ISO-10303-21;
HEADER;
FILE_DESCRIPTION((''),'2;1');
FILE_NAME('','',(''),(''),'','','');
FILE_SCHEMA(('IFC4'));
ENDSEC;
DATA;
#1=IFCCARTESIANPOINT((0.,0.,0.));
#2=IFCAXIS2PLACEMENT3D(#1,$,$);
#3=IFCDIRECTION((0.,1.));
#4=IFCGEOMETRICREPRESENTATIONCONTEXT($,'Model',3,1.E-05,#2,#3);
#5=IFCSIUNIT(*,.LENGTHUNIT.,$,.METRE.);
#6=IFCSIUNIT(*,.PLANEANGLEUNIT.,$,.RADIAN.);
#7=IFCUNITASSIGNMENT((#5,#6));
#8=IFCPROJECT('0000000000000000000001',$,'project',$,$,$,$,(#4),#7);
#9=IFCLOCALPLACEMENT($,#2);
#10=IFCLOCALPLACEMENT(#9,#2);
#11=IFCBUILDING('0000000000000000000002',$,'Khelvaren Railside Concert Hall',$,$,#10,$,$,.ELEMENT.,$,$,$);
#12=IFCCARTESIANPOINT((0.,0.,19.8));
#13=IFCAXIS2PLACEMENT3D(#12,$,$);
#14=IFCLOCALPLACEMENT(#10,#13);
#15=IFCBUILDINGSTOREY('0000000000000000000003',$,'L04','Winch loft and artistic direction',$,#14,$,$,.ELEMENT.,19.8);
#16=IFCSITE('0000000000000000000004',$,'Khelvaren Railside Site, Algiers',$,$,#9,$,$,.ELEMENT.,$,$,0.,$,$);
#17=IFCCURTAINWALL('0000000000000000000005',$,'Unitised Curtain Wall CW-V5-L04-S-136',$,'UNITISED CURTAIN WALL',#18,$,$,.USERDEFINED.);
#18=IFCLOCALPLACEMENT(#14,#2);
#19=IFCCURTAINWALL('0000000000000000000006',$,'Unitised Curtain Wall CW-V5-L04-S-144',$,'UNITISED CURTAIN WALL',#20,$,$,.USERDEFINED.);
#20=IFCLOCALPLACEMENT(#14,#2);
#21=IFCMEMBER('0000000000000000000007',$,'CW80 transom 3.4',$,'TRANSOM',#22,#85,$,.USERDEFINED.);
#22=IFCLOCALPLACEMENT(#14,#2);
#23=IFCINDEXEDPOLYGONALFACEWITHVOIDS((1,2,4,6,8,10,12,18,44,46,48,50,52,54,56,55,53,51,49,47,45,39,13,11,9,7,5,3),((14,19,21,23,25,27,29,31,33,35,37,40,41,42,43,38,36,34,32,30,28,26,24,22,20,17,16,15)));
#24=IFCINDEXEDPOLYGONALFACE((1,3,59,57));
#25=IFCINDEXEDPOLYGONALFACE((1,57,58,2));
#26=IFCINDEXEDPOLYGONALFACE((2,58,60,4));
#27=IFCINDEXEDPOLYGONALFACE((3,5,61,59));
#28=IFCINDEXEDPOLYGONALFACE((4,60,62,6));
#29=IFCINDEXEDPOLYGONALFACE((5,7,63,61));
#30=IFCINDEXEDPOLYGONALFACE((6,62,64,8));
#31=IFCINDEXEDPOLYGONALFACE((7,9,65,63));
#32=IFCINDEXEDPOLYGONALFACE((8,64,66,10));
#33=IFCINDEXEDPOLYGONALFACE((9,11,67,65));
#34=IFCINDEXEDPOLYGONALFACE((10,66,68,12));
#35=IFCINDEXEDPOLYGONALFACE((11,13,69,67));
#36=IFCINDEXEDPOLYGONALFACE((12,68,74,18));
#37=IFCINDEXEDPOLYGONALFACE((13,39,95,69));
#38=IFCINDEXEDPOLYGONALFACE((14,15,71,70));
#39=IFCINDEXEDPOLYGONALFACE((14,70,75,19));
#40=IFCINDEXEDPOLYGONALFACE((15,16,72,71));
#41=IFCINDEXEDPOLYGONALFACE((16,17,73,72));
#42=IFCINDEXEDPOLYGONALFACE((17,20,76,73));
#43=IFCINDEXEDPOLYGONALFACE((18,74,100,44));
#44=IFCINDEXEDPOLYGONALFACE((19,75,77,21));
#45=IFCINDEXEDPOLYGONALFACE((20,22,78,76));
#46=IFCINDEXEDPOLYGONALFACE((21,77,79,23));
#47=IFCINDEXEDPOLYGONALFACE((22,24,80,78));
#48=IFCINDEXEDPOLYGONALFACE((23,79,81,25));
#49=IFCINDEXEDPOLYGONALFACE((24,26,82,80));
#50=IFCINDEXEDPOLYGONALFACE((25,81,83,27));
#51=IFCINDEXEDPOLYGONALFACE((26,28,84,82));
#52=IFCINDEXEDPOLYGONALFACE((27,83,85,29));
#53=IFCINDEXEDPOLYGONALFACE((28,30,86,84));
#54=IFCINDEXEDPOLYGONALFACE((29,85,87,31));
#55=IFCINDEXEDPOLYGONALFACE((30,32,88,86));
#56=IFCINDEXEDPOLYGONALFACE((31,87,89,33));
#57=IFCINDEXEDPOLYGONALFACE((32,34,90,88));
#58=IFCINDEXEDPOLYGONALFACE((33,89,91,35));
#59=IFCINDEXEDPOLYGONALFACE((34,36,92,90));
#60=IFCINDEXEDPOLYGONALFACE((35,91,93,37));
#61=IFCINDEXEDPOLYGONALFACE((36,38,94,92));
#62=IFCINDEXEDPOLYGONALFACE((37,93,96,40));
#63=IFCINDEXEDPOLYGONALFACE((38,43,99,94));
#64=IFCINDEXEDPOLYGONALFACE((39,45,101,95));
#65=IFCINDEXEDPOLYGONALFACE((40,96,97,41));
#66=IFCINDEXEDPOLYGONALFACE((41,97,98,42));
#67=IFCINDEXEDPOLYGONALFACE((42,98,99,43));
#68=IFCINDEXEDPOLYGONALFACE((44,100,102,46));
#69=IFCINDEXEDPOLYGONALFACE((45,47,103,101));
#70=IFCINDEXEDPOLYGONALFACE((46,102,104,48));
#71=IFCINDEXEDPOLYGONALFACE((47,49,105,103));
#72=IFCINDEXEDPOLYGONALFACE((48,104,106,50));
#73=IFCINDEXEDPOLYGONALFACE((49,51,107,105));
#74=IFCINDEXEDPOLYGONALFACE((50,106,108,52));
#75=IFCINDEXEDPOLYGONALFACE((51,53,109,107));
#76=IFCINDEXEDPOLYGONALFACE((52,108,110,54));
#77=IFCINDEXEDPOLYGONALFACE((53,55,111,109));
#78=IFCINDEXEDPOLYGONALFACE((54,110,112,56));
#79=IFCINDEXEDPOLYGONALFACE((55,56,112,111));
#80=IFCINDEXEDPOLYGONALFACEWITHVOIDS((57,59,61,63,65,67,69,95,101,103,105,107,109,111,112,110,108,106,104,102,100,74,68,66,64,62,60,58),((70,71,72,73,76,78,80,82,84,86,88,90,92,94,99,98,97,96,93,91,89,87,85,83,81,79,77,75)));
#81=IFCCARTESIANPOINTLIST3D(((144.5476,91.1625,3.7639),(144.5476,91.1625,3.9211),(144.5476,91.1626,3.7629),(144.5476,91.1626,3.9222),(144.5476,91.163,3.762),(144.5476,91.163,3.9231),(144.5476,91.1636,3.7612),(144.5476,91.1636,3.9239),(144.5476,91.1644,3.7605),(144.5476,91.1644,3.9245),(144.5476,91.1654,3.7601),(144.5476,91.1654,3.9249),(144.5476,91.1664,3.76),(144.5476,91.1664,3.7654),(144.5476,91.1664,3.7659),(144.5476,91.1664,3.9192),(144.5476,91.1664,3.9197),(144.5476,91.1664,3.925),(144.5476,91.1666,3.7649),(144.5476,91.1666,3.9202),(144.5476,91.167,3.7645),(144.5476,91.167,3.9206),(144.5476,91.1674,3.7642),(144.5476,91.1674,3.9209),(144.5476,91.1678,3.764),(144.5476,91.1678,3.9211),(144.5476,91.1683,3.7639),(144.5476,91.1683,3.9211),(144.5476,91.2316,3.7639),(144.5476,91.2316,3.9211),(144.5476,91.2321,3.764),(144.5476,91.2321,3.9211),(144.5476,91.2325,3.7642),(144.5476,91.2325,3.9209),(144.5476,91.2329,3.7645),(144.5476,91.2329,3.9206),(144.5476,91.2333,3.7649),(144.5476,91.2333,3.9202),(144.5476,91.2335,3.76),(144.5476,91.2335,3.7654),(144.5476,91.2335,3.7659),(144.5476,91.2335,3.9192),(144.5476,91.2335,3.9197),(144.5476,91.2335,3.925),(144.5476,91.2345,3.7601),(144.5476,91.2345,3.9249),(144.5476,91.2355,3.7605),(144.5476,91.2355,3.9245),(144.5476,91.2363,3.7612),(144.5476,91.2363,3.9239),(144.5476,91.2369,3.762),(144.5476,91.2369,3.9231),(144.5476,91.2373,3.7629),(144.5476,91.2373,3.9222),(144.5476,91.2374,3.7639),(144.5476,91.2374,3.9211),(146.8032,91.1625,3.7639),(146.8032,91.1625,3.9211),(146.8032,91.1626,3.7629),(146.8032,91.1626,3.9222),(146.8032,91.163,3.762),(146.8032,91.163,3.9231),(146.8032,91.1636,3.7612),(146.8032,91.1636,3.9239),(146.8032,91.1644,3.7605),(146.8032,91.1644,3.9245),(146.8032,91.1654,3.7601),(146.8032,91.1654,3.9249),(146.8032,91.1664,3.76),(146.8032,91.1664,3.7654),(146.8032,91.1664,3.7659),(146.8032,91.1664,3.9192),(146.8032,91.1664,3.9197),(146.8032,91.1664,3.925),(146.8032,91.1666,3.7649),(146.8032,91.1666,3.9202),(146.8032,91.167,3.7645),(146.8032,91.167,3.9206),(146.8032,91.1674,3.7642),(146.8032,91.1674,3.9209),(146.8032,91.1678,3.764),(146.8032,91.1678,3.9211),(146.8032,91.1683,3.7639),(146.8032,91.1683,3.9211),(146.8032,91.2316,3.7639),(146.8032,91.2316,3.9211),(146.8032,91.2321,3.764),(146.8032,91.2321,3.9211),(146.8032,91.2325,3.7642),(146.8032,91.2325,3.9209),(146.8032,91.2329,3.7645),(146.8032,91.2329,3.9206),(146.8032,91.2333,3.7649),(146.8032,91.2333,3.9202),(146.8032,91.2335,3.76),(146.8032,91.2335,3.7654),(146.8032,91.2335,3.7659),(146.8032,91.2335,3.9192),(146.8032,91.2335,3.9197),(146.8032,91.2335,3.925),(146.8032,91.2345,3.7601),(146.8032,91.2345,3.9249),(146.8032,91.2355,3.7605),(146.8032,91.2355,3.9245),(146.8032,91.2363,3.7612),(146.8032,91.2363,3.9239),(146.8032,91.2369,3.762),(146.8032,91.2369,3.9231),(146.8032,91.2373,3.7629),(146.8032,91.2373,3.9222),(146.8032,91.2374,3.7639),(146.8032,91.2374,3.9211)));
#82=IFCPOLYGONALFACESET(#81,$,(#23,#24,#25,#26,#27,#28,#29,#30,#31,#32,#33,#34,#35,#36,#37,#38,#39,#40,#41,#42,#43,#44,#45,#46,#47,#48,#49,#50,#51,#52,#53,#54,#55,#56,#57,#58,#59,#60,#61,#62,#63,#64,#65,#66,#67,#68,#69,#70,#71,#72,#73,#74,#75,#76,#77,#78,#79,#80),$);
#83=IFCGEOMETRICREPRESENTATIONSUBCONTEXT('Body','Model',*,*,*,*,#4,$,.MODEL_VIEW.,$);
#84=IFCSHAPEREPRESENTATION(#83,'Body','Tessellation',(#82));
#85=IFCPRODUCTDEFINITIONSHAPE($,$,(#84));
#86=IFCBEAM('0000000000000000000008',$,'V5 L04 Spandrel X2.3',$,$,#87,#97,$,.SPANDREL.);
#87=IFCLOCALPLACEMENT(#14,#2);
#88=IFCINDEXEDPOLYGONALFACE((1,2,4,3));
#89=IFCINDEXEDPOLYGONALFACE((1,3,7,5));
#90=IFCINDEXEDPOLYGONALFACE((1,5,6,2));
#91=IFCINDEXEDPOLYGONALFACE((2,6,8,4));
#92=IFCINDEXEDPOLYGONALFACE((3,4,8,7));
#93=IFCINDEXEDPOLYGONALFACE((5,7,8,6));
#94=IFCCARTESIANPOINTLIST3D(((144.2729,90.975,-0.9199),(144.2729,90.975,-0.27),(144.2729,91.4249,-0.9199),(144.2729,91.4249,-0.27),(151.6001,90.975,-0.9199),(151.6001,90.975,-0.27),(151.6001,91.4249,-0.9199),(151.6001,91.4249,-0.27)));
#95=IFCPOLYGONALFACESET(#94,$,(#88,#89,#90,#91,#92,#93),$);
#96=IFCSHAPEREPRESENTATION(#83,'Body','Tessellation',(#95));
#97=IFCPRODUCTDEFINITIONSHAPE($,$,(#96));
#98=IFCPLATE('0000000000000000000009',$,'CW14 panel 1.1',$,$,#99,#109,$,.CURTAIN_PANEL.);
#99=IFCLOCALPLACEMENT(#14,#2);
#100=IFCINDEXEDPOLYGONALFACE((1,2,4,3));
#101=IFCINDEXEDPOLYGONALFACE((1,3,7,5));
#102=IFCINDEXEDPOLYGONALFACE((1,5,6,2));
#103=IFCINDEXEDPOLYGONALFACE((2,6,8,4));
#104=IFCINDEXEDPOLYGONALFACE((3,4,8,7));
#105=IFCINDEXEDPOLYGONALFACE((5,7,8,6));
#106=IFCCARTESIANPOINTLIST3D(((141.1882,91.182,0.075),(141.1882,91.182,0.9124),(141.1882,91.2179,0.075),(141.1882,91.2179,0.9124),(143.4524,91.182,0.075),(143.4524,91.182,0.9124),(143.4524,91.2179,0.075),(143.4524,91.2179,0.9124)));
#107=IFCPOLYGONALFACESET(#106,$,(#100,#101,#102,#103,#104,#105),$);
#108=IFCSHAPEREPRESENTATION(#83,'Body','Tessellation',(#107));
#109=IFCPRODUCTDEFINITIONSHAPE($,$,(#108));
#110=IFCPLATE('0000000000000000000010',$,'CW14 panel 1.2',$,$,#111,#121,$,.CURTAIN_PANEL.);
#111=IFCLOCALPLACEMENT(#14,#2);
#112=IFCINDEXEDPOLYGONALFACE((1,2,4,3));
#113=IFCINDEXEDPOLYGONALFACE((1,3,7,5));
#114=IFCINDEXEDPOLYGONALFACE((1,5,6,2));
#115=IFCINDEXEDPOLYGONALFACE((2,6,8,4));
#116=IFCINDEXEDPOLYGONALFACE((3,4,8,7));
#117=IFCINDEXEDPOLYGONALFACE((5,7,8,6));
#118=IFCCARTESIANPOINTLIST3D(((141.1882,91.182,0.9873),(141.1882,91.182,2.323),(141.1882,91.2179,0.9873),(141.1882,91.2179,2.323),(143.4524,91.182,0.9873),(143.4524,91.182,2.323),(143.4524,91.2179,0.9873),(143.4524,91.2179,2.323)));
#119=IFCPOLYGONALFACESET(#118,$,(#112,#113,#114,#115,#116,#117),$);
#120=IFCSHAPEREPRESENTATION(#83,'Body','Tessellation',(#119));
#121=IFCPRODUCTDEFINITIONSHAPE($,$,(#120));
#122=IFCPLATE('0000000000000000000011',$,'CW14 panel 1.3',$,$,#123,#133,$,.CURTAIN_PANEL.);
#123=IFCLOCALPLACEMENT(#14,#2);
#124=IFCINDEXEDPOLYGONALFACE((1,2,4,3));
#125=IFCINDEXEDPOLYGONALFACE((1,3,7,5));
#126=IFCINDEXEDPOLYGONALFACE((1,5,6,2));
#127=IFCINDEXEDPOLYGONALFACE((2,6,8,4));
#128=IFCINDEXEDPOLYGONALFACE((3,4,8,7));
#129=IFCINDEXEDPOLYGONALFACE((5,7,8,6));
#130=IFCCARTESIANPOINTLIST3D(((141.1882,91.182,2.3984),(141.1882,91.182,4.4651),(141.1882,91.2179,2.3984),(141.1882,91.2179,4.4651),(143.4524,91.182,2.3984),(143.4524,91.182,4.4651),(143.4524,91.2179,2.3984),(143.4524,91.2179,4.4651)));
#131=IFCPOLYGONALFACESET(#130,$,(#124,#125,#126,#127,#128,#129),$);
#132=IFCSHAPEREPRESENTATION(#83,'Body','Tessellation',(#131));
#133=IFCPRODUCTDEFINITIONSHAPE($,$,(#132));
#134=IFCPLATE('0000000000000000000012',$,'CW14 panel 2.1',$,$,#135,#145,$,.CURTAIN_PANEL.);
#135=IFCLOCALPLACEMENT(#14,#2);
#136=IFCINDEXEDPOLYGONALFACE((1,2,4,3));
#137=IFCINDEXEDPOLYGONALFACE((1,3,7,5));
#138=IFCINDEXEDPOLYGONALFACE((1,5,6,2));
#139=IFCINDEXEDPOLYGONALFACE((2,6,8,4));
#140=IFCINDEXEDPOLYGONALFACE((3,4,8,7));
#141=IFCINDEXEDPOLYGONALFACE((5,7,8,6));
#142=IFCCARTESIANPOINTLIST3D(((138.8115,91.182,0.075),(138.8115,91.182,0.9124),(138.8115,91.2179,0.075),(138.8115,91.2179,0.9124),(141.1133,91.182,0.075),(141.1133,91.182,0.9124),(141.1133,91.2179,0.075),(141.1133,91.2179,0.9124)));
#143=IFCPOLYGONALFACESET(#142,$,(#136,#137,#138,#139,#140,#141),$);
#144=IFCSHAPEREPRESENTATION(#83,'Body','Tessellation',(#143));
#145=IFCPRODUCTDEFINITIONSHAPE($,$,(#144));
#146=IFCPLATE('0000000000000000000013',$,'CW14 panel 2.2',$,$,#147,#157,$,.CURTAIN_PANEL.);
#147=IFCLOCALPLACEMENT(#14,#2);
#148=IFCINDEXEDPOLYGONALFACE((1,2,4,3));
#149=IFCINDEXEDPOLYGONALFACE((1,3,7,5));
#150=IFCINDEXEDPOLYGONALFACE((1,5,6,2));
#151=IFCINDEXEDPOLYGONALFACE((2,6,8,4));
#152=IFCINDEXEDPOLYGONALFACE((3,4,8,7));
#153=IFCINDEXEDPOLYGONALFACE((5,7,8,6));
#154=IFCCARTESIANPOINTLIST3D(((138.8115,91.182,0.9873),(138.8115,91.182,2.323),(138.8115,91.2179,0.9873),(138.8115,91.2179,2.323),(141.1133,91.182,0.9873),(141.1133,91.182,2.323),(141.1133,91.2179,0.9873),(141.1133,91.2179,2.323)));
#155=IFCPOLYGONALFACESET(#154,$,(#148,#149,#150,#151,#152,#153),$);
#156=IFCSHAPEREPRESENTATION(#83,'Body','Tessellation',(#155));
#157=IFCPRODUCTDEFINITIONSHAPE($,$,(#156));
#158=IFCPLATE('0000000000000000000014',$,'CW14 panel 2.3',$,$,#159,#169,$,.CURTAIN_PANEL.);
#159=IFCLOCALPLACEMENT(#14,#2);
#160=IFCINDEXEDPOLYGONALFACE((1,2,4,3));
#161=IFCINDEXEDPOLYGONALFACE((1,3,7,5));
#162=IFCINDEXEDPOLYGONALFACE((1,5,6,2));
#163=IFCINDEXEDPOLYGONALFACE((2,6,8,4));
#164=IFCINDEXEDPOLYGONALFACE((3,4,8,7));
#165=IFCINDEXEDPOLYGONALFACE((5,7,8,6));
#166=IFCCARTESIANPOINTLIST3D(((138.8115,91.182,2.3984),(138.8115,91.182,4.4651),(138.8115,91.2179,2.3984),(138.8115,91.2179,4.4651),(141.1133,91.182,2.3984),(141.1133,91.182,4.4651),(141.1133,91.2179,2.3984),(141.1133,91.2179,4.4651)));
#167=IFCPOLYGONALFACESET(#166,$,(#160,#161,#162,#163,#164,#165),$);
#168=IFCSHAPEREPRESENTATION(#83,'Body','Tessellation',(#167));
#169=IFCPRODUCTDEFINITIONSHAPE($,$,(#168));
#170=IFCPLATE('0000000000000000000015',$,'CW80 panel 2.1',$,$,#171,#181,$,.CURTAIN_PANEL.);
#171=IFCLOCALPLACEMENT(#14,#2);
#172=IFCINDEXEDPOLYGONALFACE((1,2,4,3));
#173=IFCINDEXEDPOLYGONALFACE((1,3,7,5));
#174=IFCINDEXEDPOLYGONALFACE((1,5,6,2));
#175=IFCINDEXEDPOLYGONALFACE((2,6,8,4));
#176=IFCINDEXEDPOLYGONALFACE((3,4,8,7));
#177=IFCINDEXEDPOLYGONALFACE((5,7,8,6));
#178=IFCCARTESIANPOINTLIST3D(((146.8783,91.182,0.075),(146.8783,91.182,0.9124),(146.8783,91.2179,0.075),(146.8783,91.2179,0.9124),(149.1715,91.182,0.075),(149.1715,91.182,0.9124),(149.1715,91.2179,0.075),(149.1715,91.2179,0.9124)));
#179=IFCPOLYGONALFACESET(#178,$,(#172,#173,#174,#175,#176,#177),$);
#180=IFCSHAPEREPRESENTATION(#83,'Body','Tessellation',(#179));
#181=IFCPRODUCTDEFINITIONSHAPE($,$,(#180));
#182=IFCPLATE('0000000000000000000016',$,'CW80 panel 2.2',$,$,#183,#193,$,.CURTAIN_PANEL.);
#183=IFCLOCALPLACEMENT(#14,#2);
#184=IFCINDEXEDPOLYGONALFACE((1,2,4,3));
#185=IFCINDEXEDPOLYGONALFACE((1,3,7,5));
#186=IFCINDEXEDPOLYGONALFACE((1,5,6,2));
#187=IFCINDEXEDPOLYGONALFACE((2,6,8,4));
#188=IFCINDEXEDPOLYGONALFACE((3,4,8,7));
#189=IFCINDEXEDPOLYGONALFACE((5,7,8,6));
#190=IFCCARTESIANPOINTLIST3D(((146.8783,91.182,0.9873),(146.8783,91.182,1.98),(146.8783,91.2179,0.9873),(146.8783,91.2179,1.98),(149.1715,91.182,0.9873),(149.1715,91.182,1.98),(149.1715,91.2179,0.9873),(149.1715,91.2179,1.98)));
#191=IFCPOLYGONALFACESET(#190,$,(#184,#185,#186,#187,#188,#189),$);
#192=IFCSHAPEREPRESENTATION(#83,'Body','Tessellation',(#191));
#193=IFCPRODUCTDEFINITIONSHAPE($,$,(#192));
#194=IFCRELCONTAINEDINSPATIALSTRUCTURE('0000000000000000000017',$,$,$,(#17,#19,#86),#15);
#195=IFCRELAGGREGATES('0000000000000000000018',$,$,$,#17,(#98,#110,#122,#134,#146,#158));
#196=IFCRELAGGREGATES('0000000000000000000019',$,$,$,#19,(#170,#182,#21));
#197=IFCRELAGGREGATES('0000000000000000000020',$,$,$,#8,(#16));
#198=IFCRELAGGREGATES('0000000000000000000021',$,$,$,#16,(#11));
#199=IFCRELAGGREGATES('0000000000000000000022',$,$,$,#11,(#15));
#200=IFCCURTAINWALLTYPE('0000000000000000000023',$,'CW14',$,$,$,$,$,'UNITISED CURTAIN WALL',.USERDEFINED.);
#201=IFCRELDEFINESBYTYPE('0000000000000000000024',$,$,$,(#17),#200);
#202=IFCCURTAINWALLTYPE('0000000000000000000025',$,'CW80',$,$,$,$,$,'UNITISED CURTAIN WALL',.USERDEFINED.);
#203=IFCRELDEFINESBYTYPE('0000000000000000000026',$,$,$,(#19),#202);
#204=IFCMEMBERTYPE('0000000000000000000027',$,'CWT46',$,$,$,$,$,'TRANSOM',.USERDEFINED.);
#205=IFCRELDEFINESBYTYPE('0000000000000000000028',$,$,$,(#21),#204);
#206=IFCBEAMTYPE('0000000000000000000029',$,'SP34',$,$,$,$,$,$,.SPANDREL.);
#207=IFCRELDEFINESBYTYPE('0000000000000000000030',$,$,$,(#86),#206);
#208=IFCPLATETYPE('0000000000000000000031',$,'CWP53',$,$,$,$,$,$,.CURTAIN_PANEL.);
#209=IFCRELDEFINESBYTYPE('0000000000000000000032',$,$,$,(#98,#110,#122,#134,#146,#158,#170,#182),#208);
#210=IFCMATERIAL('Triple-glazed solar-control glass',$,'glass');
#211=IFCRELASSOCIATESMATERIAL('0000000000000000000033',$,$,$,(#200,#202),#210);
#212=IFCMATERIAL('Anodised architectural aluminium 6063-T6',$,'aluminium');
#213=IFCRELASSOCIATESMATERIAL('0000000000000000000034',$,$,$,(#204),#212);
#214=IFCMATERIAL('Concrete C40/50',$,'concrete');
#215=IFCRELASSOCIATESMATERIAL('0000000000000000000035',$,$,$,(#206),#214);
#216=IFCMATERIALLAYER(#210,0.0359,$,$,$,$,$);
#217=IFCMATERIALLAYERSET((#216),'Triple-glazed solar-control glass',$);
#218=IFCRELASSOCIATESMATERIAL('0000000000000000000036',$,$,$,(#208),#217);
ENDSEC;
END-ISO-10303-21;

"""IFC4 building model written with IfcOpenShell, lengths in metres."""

from ifc_helpers import new_model, si_unit, direction, frame, origin, origin_2d, place, context, subcontext, project, spatial, rectangle, hollow_rectangle, extrude, material, layer, layer_set, material_profile, profile_set, type_object, element, aggregate, save


model = new_model("IFC4")

# Units and contexts
model_context = context("Model", 3, precision=1e-05, world=origin(), true_north=direction((0.0, 1.0)))
body_context = subcontext(model_context, "Body", "Model", "MODEL_VIEW")
ifc_project = project(units=[si_unit("LENGTHUNIT", "METRE"), si_unit("PLANEANGLEUNIT", "RADIAN")], contexts=[model_context])

# Site, building, storey
site_placement = place(None, origin())
site = spatial("IfcSite", under=ifc_project, at=site_placement, Name="Khelvaren Railside Site, Algiers", CompositionType="ELEMENT", RefElevation=0.0)
building_placement = place(site_placement, origin())
building = spatial("IfcBuilding", under=site, at=building_placement, Name="Khelvaren Railside Concert Hall", CompositionType="ELEMENT")
storey_placement = place(building_placement, frame((0.0, 0.0, 19.8)))
storey = spatial("IfcBuildingStorey", under=building, at=storey_placement, Name="L04", Description="Winch loft and artistic direction", CompositionType="ELEMENT", Elevation=19.8)

# Curtain walls
ifc_material_1 = material(Name="Triple-glazed solar-control glass", Category="glass")
curtain_wall_type_1 = type_object("IfcCurtainWallType", Name="CW14", ElementType="UNITISED CURTAIN WALL", PredefinedType="USERDEFINED", material=ifc_material_1)
curtain_wall_1_placement = place(storey_placement, origin())
curtain_wall_1 = element("IfcCurtainWall", 1, at=curtain_wall_1_placement, inside=storey, type_object=curtain_wall_type_1, Name="Unitised Curtain Wall CW-V5-L04-S-136", ObjectType="UNITISED CURTAIN WALL", PredefinedType="USERDEFINED")
ifc_material_2 = material(Name="Anodised architectural aluminium 6063-T6", Category="aluminium")
curtain_wall_type_2 = type_object("IfcCurtainWallType", Name="CW80", ElementType="UNITISED CURTAIN WALL", PredefinedType="USERDEFINED", material=ifc_material_1)
curtain_wall_2_placement = place(storey_placement, origin())
curtain_wall_2 = element("IfcCurtainWall", 2, at=curtain_wall_2_placement, inside=storey, type_object=curtain_wall_type_2, Name="Unitised Curtain Wall CW-V5-L04-S-144", ObjectType="UNITISED CURTAIN WALL", PredefinedType="USERDEFINED")

# Member
ifc_material_profile_1 = material_profile(ifc_material_2, hollow_rectangle(XDim=0.075, YDim=0.165, WallThickness=0.0039, InnerFilletRadius=0.002, OuterFilletRadius=0.0039, at=origin_2d()), Name="CWT 75x165x4")
ifc_profile_set_1 = profile_set([ifc_material_profile_1], Name="Anodised architectural aluminium 6063-T6")
member_type_1 = type_object("IfcMemberType", Name="CWT46", ElementType="TRANSOM", PredefinedType="USERDEFINED", material=ifc_profile_set_1)
member_1_placement = place(storey_placement, frame((146.8032, 91.2, 3.8425), z_axis=(-1.0, 0.0, 0.0), x_axis=(0.0, -1.0, 0.0)))
member_1 = element("IfcMember", 3, at=member_1_placement, type_object=member_type_1, Name="CW80 transom 3.4", ObjectType="TRANSOM", PredefinedType="USERDEFINED", context=body_context, shape_type="SweptSolid", body=[
    extrude(hollow_rectangle(XDim=0.075, YDim=0.165, WallThickness=0.0039, InnerFilletRadius=0.002, OuterFilletRadius=0.0039, at=origin_2d()), origin(), (0.0, 0.0, 1.0), 2.2556),
])

# Beam
ifc_material_3 = material(Name="Concrete C40/50", Category="concrete")
ifc_material_profile_2 = material_profile(ifc_material_3, rectangle(XDim=0.45, YDim=0.6499, at=origin_2d()), Name="RCB 450x650")
ifc_profile_set_2 = profile_set([ifc_material_profile_2], Name="Concrete C40/50")
beam_type = type_object("IfcBeamType", Name="SP34", PredefinedType="SPANDREL", material=ifc_profile_set_2)
beam_placement = place(storey_placement, frame((144.2729, 91.2, -0.595), z_axis=(1.0, 0.0, 0.0), x_axis=(0.0, 1.0, 0.0)))
element("IfcBeam", 4, at=beam_placement, inside=storey, type_object=beam_type, Name="V5 L04 Spandrel X2.3", PredefinedType="SPANDREL", context=body_context, shape_type="SweptSolid", body=[
    extrude(rectangle(XDim=0.45, YDim=0.6499, at=origin_2d()), origin(), (0.0, 0.0, 1.0), 7.3271),
])

# Plates
ifc_layer = layer(ifc_material_1, 0.0359)
ifc_layer_set = layer_set([ifc_layer], Name="Triple-glazed solar-control glass")
plate_type = type_object("IfcPlateType", Name="CWP53", PredefinedType="CURTAIN_PANEL", material=ifc_layer_set)
plate_1_placement = place(storey_placement, frame((142.3203, 91.2, 0.075), z_axis=(0.0, 0.0, 1.0), x_axis=(-1.0, 0.0, 0.0)))
plate_1 = element("IfcPlate", 5, at=plate_1_placement, type_object=plate_type, Name="CW14 panel 1.1", PredefinedType="CURTAIN_PANEL", context=body_context, shape_type="SweptSolid", body=[
    extrude(rectangle(XDim=2.2642, YDim=0.0359, at=origin_2d()), origin(), (0.0, 0.0, 1.0), 0.8374),
])
plate_2_placement = place(storey_placement, frame((142.3203, 91.2, 0.9873), z_axis=(0.0, 0.0, 1.0), x_axis=(-1.0, 0.0, 0.0)))
plate_2 = element("IfcPlate", 6, at=plate_2_placement, type_object=plate_type, Name="CW14 panel 1.2", PredefinedType="CURTAIN_PANEL", context=body_context, shape_type="SweptSolid", body=[
    extrude(rectangle(XDim=2.2642, YDim=0.0359, at=origin_2d()), origin(), (0.0, 0.0, 1.0), 1.3357),
])
plate_3_placement = place(storey_placement, frame((142.3203, 91.2, 2.3984), z_axis=(0.0, 0.0, 1.0), x_axis=(-1.0, 0.0, 0.0)))
plate_3 = element("IfcPlate", 7, at=plate_3_placement, type_object=plate_type, Name="CW14 panel 1.3", PredefinedType="CURTAIN_PANEL", context=body_context, shape_type="SweptSolid", body=[
    extrude(rectangle(XDim=2.2642, YDim=0.0359, at=origin_2d()), origin(), (0.0, 0.0, 1.0), 2.0667),
])
plate_4_placement = place(storey_placement, frame((139.9624, 91.2, 0.075), z_axis=(0.0, 0.0, 1.0), x_axis=(-1.0, 0.0, 0.0)))
plate_4 = element("IfcPlate", 8, at=plate_4_placement, type_object=plate_type, Name="CW14 panel 2.1", PredefinedType="CURTAIN_PANEL", context=body_context, shape_type="SweptSolid", body=[
    extrude(rectangle(XDim=2.3018, YDim=0.0359, at=origin_2d()), origin(), (0.0, 0.0, 1.0), 0.8374),
])
plate_5_placement = place(storey_placement, frame((139.9624, 91.2, 0.9873), z_axis=(0.0, 0.0, 1.0), x_axis=(-1.0, 0.0, 0.0)))
plate_5 = element("IfcPlate", 9, at=plate_5_placement, type_object=plate_type, Name="CW14 panel 2.2", PredefinedType="CURTAIN_PANEL", context=body_context, shape_type="SweptSolid", body=[
    extrude(rectangle(XDim=2.3018, YDim=0.0359, at=origin_2d()), origin(), (0.0, 0.0, 1.0), 1.3357),
])
plate_6_placement = place(storey_placement, frame((139.9624, 91.2, 2.3984), z_axis=(0.0, 0.0, 1.0), x_axis=(-1.0, 0.0, 0.0)))
plate_6 = element("IfcPlate", 10, at=plate_6_placement, type_object=plate_type, Name="CW14 panel 2.3", PredefinedType="CURTAIN_PANEL", context=body_context, shape_type="SweptSolid", body=[
    extrude(rectangle(XDim=2.3018, YDim=0.0359, at=origin_2d()), origin(), (0.0, 0.0, 1.0), 2.0667),
])
aggregate(curtain_wall_1, [plate_1, plate_2, plate_3, plate_4, plate_5, plate_6])
plate_7_placement = place(storey_placement, frame((148.0249, 91.2, 0.075), z_axis=(0.0, 0.0, 1.0), x_axis=(-1.0, 0.0, 0.0)))
plate_7 = element("IfcPlate", 11, at=plate_7_placement, type_object=plate_type, Name="CW80 panel 2.1", PredefinedType="CURTAIN_PANEL", context=body_context, shape_type="SweptSolid", body=[
    extrude(rectangle(XDim=2.2932, YDim=0.0359, at=origin_2d()), origin(), (0.0, 0.0, 1.0), 0.8374),
])
plate_8_placement = place(storey_placement, frame((148.0249, 91.2, 0.9873), z_axis=(0.0, 0.0, 1.0), x_axis=(-1.0, 0.0, 0.0)))
plate_8 = element("IfcPlate", 12, at=plate_8_placement, type_object=plate_type, Name="CW80 panel 2.2", PredefinedType="CURTAIN_PANEL", context=body_context, shape_type="SweptSolid", body=[
    extrude(rectangle(XDim=2.2932, YDim=0.0359, at=origin_2d()), origin(), (0.0, 0.0, 1.0), 0.9927),
])
aggregate(curtain_wall_2, [plate_7, plate_8, member_1])

save(model, "model.ifc")
